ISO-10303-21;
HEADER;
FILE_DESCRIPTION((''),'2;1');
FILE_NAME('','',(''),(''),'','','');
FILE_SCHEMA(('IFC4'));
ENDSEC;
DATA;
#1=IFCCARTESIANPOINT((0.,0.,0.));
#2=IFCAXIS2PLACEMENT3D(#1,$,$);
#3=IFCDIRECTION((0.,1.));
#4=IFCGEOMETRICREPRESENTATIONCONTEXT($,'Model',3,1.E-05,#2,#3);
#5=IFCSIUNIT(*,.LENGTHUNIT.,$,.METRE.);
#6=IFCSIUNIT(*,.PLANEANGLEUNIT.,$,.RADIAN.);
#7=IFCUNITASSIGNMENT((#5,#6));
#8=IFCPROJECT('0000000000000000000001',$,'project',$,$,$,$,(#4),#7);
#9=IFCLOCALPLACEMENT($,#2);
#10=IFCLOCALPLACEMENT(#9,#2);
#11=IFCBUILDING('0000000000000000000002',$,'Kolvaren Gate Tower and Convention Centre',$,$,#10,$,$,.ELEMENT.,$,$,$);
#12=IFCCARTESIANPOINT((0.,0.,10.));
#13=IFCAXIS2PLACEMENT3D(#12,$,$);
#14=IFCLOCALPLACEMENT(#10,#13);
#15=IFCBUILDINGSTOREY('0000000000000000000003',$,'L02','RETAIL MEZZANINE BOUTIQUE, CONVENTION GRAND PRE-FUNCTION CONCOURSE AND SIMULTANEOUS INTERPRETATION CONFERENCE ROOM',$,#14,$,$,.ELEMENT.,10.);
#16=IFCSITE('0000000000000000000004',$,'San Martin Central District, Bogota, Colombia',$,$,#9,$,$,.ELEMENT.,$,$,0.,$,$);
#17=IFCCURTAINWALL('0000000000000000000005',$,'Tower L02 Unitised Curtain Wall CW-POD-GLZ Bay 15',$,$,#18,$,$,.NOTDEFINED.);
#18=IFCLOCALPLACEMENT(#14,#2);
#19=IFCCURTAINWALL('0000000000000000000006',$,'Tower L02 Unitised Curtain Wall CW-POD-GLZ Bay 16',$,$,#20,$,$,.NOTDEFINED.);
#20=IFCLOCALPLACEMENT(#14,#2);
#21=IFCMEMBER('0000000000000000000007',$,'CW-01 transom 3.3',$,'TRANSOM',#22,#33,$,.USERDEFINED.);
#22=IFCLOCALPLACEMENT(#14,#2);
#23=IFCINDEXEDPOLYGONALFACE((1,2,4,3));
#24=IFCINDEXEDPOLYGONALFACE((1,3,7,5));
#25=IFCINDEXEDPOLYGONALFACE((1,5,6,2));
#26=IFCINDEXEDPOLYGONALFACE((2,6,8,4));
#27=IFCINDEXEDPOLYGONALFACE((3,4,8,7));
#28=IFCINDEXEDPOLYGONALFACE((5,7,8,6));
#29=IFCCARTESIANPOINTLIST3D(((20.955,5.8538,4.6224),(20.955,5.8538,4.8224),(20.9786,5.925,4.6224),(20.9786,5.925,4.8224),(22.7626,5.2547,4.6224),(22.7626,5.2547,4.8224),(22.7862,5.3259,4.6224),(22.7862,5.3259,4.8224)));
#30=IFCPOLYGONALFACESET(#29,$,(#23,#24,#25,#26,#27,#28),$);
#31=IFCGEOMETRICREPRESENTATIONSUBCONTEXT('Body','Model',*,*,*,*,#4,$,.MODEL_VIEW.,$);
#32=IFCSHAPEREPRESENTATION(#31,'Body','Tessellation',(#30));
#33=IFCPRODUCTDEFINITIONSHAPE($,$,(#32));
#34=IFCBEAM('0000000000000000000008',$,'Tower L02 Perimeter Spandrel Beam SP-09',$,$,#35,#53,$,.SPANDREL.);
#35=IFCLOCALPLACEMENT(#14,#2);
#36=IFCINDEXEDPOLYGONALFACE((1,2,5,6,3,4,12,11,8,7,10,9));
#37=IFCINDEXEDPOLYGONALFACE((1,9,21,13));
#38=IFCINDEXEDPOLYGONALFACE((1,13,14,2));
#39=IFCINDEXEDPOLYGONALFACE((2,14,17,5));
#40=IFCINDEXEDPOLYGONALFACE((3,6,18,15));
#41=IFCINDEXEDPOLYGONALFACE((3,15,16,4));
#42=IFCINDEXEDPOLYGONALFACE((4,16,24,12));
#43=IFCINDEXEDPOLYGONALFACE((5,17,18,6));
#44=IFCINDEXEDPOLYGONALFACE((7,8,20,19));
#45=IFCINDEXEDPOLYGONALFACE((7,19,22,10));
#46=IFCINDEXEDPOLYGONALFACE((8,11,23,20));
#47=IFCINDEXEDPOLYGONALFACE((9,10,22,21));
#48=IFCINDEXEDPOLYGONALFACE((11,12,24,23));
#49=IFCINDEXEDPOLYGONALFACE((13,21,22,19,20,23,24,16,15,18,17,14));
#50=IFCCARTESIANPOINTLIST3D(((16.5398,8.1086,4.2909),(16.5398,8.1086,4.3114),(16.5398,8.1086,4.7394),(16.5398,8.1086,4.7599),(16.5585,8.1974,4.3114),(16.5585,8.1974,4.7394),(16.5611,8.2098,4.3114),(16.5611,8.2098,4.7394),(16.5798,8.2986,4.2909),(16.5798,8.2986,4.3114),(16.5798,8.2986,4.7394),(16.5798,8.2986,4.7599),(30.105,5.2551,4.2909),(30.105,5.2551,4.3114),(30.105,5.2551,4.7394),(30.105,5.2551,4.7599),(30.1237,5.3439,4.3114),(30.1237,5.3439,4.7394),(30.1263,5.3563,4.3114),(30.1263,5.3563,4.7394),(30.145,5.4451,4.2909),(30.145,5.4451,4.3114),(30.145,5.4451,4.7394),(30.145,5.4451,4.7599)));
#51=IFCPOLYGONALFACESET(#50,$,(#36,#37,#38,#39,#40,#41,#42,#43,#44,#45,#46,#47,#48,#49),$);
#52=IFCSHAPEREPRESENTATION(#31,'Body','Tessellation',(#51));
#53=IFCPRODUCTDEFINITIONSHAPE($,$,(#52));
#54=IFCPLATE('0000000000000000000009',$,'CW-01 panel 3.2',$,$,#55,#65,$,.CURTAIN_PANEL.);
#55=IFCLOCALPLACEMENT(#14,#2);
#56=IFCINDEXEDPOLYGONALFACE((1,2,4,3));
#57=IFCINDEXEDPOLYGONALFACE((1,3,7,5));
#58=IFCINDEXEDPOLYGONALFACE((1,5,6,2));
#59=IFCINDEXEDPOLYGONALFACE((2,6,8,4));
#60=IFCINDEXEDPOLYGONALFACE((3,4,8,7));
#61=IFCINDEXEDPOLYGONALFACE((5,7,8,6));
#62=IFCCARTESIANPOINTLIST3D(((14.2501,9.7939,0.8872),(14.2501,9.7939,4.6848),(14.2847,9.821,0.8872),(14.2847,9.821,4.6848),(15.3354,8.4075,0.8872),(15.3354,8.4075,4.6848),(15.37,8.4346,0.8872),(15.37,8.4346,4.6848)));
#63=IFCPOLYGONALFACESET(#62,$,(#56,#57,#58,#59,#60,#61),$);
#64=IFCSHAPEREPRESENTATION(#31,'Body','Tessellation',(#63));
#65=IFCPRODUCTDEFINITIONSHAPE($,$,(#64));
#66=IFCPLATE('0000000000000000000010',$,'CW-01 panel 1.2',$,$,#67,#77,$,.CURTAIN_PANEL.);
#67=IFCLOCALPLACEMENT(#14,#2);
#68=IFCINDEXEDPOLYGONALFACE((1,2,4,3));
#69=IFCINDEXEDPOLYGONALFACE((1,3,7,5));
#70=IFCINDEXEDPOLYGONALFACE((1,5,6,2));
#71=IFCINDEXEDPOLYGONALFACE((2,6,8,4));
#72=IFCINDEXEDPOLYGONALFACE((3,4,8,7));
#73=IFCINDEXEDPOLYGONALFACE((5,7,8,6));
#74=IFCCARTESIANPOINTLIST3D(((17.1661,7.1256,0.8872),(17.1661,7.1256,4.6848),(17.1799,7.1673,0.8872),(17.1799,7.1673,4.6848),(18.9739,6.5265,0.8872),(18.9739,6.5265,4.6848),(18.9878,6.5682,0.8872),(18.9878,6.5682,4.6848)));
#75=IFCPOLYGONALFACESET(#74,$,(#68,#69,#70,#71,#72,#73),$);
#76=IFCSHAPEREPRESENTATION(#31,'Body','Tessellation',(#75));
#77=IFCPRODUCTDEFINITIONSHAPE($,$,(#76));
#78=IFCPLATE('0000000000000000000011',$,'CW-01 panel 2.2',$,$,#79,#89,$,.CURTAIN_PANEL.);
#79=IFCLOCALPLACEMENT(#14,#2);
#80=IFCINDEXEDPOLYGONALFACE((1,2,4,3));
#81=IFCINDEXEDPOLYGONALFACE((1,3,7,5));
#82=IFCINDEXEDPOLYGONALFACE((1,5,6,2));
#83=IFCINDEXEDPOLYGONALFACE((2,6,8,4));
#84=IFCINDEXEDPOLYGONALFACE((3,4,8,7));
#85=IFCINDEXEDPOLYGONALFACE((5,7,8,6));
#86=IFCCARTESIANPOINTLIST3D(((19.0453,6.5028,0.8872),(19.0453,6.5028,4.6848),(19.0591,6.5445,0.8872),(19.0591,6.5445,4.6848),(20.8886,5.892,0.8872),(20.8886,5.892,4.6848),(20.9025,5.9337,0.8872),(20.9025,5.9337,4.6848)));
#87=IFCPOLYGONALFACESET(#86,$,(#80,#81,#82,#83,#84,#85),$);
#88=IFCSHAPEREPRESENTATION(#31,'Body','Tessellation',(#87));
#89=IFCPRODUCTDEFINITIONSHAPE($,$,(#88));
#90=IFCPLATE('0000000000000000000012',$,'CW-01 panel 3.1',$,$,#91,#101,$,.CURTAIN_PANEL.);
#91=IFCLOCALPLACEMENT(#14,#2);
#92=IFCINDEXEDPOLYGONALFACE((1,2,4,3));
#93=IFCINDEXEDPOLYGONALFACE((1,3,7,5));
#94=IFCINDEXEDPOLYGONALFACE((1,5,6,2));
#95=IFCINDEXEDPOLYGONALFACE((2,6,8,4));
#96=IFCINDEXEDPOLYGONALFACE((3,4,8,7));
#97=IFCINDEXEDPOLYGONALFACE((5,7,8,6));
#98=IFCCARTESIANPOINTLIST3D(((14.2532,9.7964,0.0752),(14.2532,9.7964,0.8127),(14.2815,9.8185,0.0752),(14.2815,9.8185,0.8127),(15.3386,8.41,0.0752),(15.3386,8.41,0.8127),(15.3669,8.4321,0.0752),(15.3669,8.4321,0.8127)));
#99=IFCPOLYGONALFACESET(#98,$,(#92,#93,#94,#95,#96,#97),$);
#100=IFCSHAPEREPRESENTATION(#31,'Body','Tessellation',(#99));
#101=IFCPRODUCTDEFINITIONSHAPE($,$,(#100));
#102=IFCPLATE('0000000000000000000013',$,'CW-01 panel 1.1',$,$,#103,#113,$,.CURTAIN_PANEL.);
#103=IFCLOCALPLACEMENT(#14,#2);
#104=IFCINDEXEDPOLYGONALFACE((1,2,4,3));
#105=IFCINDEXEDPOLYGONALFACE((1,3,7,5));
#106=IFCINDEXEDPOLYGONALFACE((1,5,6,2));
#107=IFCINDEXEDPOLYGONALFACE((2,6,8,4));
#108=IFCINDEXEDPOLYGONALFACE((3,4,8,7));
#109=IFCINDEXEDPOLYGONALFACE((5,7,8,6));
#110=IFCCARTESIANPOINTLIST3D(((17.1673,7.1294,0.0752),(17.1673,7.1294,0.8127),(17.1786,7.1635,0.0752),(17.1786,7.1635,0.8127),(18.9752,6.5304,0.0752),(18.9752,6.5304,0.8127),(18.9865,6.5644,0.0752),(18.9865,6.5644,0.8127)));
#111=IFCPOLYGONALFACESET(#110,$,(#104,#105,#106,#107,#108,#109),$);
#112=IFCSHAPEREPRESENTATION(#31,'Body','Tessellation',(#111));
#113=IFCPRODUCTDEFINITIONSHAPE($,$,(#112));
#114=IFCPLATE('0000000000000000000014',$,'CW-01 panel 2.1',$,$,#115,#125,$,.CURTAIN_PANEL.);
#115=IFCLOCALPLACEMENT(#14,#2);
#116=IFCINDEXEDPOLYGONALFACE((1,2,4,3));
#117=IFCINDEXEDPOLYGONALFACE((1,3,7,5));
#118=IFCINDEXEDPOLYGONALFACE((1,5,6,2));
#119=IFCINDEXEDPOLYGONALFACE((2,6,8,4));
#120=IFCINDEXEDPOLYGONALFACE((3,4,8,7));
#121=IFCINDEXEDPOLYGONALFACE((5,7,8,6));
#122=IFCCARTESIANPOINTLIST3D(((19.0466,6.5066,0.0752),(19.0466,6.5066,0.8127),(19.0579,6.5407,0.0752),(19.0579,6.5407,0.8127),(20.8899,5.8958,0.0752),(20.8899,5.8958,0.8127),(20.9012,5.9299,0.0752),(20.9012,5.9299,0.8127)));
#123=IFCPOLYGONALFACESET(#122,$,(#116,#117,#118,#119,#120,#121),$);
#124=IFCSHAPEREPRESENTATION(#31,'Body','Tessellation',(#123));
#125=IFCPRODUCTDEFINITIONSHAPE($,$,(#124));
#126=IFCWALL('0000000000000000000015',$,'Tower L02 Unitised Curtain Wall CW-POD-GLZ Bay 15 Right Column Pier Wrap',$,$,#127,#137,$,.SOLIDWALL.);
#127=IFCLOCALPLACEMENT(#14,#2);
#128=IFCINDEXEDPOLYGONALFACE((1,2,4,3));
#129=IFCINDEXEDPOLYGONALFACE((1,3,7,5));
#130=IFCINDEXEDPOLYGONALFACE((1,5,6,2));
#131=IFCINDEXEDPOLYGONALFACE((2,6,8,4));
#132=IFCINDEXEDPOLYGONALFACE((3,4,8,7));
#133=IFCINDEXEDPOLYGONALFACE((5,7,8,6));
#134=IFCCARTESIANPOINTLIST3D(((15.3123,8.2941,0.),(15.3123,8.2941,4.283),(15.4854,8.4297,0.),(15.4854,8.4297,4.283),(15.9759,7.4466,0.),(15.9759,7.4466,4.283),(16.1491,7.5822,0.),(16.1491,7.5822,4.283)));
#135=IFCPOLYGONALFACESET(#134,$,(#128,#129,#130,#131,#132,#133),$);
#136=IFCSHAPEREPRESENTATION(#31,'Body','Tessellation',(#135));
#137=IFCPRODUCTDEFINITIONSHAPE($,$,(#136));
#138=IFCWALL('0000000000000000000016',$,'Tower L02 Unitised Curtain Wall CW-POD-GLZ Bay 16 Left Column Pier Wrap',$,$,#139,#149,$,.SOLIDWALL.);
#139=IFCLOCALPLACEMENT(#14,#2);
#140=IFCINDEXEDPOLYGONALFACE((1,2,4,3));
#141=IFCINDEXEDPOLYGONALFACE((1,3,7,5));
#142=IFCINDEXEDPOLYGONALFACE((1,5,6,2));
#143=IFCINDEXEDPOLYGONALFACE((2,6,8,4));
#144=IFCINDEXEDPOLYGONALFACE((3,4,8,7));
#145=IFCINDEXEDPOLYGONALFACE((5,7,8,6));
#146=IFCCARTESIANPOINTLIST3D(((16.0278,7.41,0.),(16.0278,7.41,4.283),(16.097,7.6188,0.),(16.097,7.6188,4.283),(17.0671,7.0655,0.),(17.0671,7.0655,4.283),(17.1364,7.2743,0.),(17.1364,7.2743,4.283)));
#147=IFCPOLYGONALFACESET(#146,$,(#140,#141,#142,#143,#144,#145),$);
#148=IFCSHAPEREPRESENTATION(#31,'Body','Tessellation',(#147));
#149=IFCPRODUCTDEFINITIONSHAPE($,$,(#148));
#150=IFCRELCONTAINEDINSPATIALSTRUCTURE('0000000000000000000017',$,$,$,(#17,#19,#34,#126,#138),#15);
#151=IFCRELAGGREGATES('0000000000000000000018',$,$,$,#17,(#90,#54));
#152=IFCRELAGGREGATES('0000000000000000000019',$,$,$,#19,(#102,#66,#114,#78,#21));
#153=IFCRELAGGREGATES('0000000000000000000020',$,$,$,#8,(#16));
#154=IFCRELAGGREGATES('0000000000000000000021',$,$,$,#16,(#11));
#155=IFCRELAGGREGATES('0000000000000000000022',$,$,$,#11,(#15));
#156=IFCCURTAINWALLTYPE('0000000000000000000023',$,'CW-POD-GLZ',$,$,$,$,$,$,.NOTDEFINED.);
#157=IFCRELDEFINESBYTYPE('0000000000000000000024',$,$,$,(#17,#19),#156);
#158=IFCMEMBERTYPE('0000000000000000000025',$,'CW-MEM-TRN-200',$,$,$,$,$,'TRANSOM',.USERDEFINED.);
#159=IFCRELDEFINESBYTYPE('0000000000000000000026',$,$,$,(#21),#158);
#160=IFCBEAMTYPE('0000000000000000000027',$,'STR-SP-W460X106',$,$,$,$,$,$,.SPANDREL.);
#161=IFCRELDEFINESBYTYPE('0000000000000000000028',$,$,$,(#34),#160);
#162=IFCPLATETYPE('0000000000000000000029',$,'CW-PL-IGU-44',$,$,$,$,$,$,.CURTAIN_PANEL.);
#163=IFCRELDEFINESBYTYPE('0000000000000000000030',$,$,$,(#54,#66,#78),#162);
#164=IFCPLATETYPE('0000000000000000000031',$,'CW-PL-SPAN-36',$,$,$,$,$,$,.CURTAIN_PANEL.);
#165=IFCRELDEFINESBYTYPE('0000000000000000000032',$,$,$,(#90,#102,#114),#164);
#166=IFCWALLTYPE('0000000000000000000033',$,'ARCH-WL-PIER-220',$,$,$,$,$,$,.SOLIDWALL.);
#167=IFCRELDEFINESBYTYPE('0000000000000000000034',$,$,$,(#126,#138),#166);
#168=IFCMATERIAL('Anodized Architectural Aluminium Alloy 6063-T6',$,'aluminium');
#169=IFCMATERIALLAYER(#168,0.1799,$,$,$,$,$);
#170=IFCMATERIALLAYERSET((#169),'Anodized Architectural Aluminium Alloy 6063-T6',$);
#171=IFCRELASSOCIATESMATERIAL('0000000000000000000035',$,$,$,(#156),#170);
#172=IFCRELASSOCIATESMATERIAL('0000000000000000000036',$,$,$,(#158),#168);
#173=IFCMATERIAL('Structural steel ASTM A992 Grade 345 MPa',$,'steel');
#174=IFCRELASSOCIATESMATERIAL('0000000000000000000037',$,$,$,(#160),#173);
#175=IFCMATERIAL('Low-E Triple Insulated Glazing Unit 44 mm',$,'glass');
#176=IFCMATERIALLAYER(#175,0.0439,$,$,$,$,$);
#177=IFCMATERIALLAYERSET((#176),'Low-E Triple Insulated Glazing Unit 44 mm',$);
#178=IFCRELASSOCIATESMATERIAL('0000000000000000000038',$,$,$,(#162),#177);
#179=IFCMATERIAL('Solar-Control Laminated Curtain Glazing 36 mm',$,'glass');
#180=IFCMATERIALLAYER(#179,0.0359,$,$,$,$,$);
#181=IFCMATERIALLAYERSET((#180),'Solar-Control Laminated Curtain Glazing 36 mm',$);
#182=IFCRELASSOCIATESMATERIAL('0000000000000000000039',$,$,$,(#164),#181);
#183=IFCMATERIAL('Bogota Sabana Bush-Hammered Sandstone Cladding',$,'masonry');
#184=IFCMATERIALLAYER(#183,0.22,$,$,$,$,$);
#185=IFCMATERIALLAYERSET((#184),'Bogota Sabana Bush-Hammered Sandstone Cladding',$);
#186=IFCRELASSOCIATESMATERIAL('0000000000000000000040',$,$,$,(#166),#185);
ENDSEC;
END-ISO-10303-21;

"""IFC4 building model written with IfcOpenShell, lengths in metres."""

from ifc_helpers import new_model, si_unit, direction, frame, frame_2d, origin, origin_2d, place, context, subcontext, project, spatial, rectangle, i_section, extrude, material, layer, layer_set, material_profile, profile_set, type_object, element, aggregate, save


model = new_model("IFC4")

# Units and contexts
model_context = context("Model", 3, precision=1e-05, world=origin(), true_north=direction((0.0, 1.0)))
body_context = subcontext(model_context, "Body", "Model", "MODEL_VIEW")
ifc_project = project(units=[si_unit("LENGTHUNIT", "METRE"), si_unit("PLANEANGLEUNIT", "RADIAN")], contexts=[model_context])

# Site, building, storey
site_placement = place(None, origin())
site = spatial("IfcSite", under=ifc_project, at=site_placement, Name="San Martin Central District, Bogota, Colombia", CompositionType="ELEMENT", RefElevation=0.0)
building_placement = place(site_placement, origin())
building = spatial("IfcBuilding", under=site, at=building_placement, Name="Kolvaren Gate Tower and Convention Centre", CompositionType="ELEMENT")
storey_placement = place(building_placement, frame((0.0, 0.0, 10.0)))
storey = spatial("IfcBuildingStorey", under=building, at=storey_placement, Name="L02", Description="RETAIL MEZZANINE BOUTIQUE, CONVENTION GRAND PRE-FUNCTION CONCOURSE AND SIMULTANEOUS INTERPRETATION CONFERENCE ROOM", CompositionType="ELEMENT", Elevation=10.0)

# Curtain wall
ifc_material_1 = material(Name="Anodized Architectural Aluminium Alloy 6063-T6", Category="aluminium")
ifc_layer_1 = layer(ifc_material_1, 0.1799)
ifc_layer_set_1 = layer_set([ifc_layer_1], Name="Anodized Architectural Aluminium Alloy 6063-T6")
curtain_wall_type = type_object("IfcCurtainWallType", Name="CW-POD-GLZ", PredefinedType="NOTDEFINED", material=ifc_layer_set_1)
curtain_wall_1_placement = place(storey_placement, origin())
curtain_wall_1 = element("IfcCurtainWall", 1, at=curtain_wall_1_placement, inside=storey, type_object=curtain_wall_type, Name="Tower L02 Unitised Curtain Wall CW-POD-GLZ Bay 15", PredefinedType="NOTDEFINED")

# Curtain wall
curtain_wall_2_placement = place(storey_placement, origin())
curtain_wall_2 = element("IfcCurtainWall", 2, at=curtain_wall_2_placement, inside=storey, type_object=curtain_wall_type, Name="Tower L02 Unitised Curtain Wall CW-POD-GLZ Bay 16", PredefinedType="NOTDEFINED")

# Member
ifc_material_profile_1 = material_profile(ifc_material_1, rectangle(XDim=0.075, YDim=0.2, at=origin_2d()), Name="CW-MEM-TRN-200")
ifc_profile_set_1 = profile_set([ifc_material_profile_1], Name="Anodized Architectural Aluminium Alloy 6063-T6")
member_type_1 = type_object("IfcMemberType", Name="CW-MEM-TRN-200", ElementType="TRANSOM", PredefinedType="USERDEFINED", material=ifc_profile_set_1)
member_1_placement = place(storey_placement, frame((20.9668, 5.8894, 4.7224), z_axis=(0.94922, -0.314612, 0.0), x_axis=(0.314612, 0.94922, 0.0)))
member_1 = element("IfcMember", 3, at=member_1_placement, type_object=member_type_1, Name="CW-01 transom 3.3", ObjectType="TRANSOM", PredefinedType="USERDEFINED", context=body_context, shape_type="SweptSolid", body=[
    extrude(rectangle(XDim=0.075, YDim=0.2, at=origin_2d()), origin(), (0.0, 0.0, 1.0), 1.9043),
])

# Beam
ifc_material_2 = material(Name="Structural steel ASTM A992 Grade 345 MPa", Category="steel")
ifc_material_profile_2 = material_profile(ifc_material_2, i_section(OverallWidth=0.1941, OverallDepth=0.469, WebThickness=0.0127, FlangeThickness=0.0205, at=origin_2d()), Name="W460X106")
ifc_profile_set_2 = profile_set([ifc_material_profile_2], Name="Structural steel ASTM A992 Grade 345 MPa")
beam_type = type_object("IfcBeamType", Name="STR-SP-W460X106", PredefinedType="SPANDREL", material=ifc_profile_set_2)
beam_placement = place(storey_placement, frame((16.5598, 8.2036, 4.5254), z_axis=(0.978583, -0.205851, 0.0), x_axis=(0.205851, 0.978583, 0.0)))
element("IfcBeam", 4, at=beam_placement, inside=storey, type_object=beam_type, Name="Tower L02 Perimeter Spandrel Beam SP-09", PredefinedType="SPANDREL", context=body_context, shape_type="SweptSolid", body=[
    extrude(i_section(OverallWidth=0.1941, OverallDepth=0.469, WebThickness=0.0127, FlangeThickness=0.0205, at=origin_2d()), origin(), (0.0, 0.0, 1.0), 13.8621),
])

# Plates
ifc_material_3 = material(Name="Low-E Triple Insulated Glazing Unit 44 mm", Category="glass")
ifc_layer_2 = layer(ifc_material_3, 0.0439)
ifc_layer_set_2 = layer_set([ifc_layer_2], Name="Low-E Triple Insulated Glazing Unit 44 mm")
plate_type_1 = type_object("IfcPlateType", Name="CW-PL-IGU-44", PredefinedType="CURTAIN_PANEL", material=ifc_layer_set_2)
plate_1_placement = place(storey_placement, frame((14.8101, 9.1143, 0.8872), z_axis=(0.0, 0.0, 1.0), x_axis=(0.616421, -0.787417, 0.0)))
plate_1 = element("IfcPlate", 5, at=plate_1_placement, type_object=plate_type_1, Name="CW-01 panel 3.2", PredefinedType="CURTAIN_PANEL", context=body_context, shape_type="SweptSolid", body=[
    extrude(rectangle(XDim=1.7607, YDim=0.0439, at=origin_2d()), origin(), (0.0, 0.0, 1.0), 3.7976),
])
plate_2_placement = place(storey_placement, frame((18.0769, 6.8469, 0.8872), z_axis=(0.0, 0.0, 1.0), x_axis=(0.949242, -0.314547, 0.0)))
plate_2 = element("IfcPlate", 6, at=plate_2_placement, type_object=plate_type_1, Name="CW-01 panel 1.2", PredefinedType="CURTAIN_PANEL", context=body_context, shape_type="SweptSolid", body=[
    extrude(rectangle(XDim=1.9045, YDim=0.0439, at=origin_2d()), origin(), (0.0, 0.0, 1.0), 3.7976),
])
plate_3_placement = place(storey_placement, frame((19.9739, 6.2183, 0.8872), z_axis=(0.0, 0.0, 1.0), x_axis=(0.949242, -0.314547, 0.0)))
plate_3 = element("IfcPlate", 7, at=plate_3_placement, type_object=plate_type_1, Name="CW-01 panel 2.2", PredefinedType="CURTAIN_PANEL", context=body_context, shape_type="SweptSolid", body=[
    extrude(rectangle(XDim=1.9419, YDim=0.0439, at=origin_2d()), origin(), (0.0, 0.0, 1.0), 3.7976),
])
ifc_material_4 = material(Name="Solar-Control Laminated Curtain Glazing 36 mm", Category="glass")
ifc_layer_3 = layer(ifc_material_4, 0.0359)
ifc_layer_set_3 = layer_set([ifc_layer_3], Name="Solar-Control Laminated Curtain Glazing 36 mm")
plate_type_2 = type_object("IfcPlateType", Name="CW-PL-SPAN-36", PredefinedType="CURTAIN_PANEL", material=ifc_layer_set_3)
plate_4_placement = place(storey_placement, frame((14.8101, 9.1143, 0.0752), z_axis=(0.0, 0.0, 1.0), x_axis=(0.616421, -0.787417, 0.0)))
plate_4 = element("IfcPlate", 8, at=plate_4_placement, type_object=plate_type_2, Name="CW-01 panel 3.1", PredefinedType="CURTAIN_PANEL", context=body_context, shape_type="SweptSolid", body=[
    extrude(rectangle(XDim=1.7607, YDim=0.0359, at=origin_2d()), origin(), (0.0, 0.0, 1.0), 0.7375),
])
aggregate(curtain_wall_1, [plate_4, plate_1])
plate_5_placement = place(storey_placement, frame((18.0769, 6.8469, 0.0752), z_axis=(0.0, 0.0, 1.0), x_axis=(0.949242, -0.314547, 0.0)))
plate_5 = element("IfcPlate", 9, at=plate_5_placement, type_object=plate_type_2, Name="CW-01 panel 1.1", PredefinedType="CURTAIN_PANEL", context=body_context, shape_type="SweptSolid", body=[
    extrude(rectangle(XDim=1.9045, YDim=0.0359, at=origin_2d()), origin(), (0.0, 0.0, 1.0), 0.7375),
])
plate_6_placement = place(storey_placement, frame((19.9739, 6.2183, 0.0752), z_axis=(0.0, 0.0, 1.0), x_axis=(0.949242, -0.314547, 0.0)))
plate_6 = element("IfcPlate", 10, at=plate_6_placement, type_object=plate_type_2, Name="CW-01 panel 2.1", PredefinedType="CURTAIN_PANEL", context=body_context, shape_type="SweptSolid", body=[
    extrude(rectangle(XDim=1.9419, YDim=0.0359, at=origin_2d()), origin(), (0.0, 0.0, 1.0), 0.7375),
])
aggregate(curtain_wall_2, [plate_5, plate_2, plate_6, plate_3, member_1])

# Walls
ifc_material_5 = material(Name="Bogota Sabana Bush-Hammered Sandstone Cladding", Category="masonry")
ifc_layer_4 = layer(ifc_material_5, 0.22)
ifc_layer_set_4 = layer_set([ifc_layer_4], Name="Bogota Sabana Bush-Hammered Sandstone Cladding")
wall_type = type_object("IfcWallType", Name="ARCH-WL-PIER-220", PredefinedType="SOLIDWALL", material=ifc_layer_set_4)
wall_1_placement = place(storey_placement, frame((15.3989, 8.3618, 0.0), z_axis=(0.0, 0.0, 1.0), x_axis=(0.616528, -0.787333, 0.0)))
element("IfcWall", 11, at=wall_1_placement, inside=storey, type_object=wall_type, Name="Tower L02 Unitised Curtain Wall CW-POD-GLZ Bay 15 Right Column Pier Wrap", PredefinedType="SOLIDWALL", context=body_context, shape_type="SweptSolid", body=[
    extrude(rectangle(XDim=1.0764, YDim=0.22, at=frame_2d((0.5381, 0.0))), origin(), (0.0, 0.0, 1.0), 4.283),
])
wall_2_placement = place(storey_placement, frame((16.0625, 7.5144, 0.0), z_axis=(0.0, 0.0, 1.0), x_axis=(0.949217, -0.314622, 0.0)))
element("IfcWall", 12, at=wall_2_placement, inside=storey, type_object=wall_type, Name="Tower L02 Unitised Curtain Wall CW-POD-GLZ Bay 16 Left Column Pier Wrap", PredefinedType="SOLIDWALL", context=body_context, shape_type="SweptSolid", body=[
    extrude(rectangle(XDim=1.095, YDim=0.22, at=frame_2d((0.5474, 0.0))), origin(), (0.0, 0.0, 1.0), 4.283),
])

save(model, "model.ifc")
